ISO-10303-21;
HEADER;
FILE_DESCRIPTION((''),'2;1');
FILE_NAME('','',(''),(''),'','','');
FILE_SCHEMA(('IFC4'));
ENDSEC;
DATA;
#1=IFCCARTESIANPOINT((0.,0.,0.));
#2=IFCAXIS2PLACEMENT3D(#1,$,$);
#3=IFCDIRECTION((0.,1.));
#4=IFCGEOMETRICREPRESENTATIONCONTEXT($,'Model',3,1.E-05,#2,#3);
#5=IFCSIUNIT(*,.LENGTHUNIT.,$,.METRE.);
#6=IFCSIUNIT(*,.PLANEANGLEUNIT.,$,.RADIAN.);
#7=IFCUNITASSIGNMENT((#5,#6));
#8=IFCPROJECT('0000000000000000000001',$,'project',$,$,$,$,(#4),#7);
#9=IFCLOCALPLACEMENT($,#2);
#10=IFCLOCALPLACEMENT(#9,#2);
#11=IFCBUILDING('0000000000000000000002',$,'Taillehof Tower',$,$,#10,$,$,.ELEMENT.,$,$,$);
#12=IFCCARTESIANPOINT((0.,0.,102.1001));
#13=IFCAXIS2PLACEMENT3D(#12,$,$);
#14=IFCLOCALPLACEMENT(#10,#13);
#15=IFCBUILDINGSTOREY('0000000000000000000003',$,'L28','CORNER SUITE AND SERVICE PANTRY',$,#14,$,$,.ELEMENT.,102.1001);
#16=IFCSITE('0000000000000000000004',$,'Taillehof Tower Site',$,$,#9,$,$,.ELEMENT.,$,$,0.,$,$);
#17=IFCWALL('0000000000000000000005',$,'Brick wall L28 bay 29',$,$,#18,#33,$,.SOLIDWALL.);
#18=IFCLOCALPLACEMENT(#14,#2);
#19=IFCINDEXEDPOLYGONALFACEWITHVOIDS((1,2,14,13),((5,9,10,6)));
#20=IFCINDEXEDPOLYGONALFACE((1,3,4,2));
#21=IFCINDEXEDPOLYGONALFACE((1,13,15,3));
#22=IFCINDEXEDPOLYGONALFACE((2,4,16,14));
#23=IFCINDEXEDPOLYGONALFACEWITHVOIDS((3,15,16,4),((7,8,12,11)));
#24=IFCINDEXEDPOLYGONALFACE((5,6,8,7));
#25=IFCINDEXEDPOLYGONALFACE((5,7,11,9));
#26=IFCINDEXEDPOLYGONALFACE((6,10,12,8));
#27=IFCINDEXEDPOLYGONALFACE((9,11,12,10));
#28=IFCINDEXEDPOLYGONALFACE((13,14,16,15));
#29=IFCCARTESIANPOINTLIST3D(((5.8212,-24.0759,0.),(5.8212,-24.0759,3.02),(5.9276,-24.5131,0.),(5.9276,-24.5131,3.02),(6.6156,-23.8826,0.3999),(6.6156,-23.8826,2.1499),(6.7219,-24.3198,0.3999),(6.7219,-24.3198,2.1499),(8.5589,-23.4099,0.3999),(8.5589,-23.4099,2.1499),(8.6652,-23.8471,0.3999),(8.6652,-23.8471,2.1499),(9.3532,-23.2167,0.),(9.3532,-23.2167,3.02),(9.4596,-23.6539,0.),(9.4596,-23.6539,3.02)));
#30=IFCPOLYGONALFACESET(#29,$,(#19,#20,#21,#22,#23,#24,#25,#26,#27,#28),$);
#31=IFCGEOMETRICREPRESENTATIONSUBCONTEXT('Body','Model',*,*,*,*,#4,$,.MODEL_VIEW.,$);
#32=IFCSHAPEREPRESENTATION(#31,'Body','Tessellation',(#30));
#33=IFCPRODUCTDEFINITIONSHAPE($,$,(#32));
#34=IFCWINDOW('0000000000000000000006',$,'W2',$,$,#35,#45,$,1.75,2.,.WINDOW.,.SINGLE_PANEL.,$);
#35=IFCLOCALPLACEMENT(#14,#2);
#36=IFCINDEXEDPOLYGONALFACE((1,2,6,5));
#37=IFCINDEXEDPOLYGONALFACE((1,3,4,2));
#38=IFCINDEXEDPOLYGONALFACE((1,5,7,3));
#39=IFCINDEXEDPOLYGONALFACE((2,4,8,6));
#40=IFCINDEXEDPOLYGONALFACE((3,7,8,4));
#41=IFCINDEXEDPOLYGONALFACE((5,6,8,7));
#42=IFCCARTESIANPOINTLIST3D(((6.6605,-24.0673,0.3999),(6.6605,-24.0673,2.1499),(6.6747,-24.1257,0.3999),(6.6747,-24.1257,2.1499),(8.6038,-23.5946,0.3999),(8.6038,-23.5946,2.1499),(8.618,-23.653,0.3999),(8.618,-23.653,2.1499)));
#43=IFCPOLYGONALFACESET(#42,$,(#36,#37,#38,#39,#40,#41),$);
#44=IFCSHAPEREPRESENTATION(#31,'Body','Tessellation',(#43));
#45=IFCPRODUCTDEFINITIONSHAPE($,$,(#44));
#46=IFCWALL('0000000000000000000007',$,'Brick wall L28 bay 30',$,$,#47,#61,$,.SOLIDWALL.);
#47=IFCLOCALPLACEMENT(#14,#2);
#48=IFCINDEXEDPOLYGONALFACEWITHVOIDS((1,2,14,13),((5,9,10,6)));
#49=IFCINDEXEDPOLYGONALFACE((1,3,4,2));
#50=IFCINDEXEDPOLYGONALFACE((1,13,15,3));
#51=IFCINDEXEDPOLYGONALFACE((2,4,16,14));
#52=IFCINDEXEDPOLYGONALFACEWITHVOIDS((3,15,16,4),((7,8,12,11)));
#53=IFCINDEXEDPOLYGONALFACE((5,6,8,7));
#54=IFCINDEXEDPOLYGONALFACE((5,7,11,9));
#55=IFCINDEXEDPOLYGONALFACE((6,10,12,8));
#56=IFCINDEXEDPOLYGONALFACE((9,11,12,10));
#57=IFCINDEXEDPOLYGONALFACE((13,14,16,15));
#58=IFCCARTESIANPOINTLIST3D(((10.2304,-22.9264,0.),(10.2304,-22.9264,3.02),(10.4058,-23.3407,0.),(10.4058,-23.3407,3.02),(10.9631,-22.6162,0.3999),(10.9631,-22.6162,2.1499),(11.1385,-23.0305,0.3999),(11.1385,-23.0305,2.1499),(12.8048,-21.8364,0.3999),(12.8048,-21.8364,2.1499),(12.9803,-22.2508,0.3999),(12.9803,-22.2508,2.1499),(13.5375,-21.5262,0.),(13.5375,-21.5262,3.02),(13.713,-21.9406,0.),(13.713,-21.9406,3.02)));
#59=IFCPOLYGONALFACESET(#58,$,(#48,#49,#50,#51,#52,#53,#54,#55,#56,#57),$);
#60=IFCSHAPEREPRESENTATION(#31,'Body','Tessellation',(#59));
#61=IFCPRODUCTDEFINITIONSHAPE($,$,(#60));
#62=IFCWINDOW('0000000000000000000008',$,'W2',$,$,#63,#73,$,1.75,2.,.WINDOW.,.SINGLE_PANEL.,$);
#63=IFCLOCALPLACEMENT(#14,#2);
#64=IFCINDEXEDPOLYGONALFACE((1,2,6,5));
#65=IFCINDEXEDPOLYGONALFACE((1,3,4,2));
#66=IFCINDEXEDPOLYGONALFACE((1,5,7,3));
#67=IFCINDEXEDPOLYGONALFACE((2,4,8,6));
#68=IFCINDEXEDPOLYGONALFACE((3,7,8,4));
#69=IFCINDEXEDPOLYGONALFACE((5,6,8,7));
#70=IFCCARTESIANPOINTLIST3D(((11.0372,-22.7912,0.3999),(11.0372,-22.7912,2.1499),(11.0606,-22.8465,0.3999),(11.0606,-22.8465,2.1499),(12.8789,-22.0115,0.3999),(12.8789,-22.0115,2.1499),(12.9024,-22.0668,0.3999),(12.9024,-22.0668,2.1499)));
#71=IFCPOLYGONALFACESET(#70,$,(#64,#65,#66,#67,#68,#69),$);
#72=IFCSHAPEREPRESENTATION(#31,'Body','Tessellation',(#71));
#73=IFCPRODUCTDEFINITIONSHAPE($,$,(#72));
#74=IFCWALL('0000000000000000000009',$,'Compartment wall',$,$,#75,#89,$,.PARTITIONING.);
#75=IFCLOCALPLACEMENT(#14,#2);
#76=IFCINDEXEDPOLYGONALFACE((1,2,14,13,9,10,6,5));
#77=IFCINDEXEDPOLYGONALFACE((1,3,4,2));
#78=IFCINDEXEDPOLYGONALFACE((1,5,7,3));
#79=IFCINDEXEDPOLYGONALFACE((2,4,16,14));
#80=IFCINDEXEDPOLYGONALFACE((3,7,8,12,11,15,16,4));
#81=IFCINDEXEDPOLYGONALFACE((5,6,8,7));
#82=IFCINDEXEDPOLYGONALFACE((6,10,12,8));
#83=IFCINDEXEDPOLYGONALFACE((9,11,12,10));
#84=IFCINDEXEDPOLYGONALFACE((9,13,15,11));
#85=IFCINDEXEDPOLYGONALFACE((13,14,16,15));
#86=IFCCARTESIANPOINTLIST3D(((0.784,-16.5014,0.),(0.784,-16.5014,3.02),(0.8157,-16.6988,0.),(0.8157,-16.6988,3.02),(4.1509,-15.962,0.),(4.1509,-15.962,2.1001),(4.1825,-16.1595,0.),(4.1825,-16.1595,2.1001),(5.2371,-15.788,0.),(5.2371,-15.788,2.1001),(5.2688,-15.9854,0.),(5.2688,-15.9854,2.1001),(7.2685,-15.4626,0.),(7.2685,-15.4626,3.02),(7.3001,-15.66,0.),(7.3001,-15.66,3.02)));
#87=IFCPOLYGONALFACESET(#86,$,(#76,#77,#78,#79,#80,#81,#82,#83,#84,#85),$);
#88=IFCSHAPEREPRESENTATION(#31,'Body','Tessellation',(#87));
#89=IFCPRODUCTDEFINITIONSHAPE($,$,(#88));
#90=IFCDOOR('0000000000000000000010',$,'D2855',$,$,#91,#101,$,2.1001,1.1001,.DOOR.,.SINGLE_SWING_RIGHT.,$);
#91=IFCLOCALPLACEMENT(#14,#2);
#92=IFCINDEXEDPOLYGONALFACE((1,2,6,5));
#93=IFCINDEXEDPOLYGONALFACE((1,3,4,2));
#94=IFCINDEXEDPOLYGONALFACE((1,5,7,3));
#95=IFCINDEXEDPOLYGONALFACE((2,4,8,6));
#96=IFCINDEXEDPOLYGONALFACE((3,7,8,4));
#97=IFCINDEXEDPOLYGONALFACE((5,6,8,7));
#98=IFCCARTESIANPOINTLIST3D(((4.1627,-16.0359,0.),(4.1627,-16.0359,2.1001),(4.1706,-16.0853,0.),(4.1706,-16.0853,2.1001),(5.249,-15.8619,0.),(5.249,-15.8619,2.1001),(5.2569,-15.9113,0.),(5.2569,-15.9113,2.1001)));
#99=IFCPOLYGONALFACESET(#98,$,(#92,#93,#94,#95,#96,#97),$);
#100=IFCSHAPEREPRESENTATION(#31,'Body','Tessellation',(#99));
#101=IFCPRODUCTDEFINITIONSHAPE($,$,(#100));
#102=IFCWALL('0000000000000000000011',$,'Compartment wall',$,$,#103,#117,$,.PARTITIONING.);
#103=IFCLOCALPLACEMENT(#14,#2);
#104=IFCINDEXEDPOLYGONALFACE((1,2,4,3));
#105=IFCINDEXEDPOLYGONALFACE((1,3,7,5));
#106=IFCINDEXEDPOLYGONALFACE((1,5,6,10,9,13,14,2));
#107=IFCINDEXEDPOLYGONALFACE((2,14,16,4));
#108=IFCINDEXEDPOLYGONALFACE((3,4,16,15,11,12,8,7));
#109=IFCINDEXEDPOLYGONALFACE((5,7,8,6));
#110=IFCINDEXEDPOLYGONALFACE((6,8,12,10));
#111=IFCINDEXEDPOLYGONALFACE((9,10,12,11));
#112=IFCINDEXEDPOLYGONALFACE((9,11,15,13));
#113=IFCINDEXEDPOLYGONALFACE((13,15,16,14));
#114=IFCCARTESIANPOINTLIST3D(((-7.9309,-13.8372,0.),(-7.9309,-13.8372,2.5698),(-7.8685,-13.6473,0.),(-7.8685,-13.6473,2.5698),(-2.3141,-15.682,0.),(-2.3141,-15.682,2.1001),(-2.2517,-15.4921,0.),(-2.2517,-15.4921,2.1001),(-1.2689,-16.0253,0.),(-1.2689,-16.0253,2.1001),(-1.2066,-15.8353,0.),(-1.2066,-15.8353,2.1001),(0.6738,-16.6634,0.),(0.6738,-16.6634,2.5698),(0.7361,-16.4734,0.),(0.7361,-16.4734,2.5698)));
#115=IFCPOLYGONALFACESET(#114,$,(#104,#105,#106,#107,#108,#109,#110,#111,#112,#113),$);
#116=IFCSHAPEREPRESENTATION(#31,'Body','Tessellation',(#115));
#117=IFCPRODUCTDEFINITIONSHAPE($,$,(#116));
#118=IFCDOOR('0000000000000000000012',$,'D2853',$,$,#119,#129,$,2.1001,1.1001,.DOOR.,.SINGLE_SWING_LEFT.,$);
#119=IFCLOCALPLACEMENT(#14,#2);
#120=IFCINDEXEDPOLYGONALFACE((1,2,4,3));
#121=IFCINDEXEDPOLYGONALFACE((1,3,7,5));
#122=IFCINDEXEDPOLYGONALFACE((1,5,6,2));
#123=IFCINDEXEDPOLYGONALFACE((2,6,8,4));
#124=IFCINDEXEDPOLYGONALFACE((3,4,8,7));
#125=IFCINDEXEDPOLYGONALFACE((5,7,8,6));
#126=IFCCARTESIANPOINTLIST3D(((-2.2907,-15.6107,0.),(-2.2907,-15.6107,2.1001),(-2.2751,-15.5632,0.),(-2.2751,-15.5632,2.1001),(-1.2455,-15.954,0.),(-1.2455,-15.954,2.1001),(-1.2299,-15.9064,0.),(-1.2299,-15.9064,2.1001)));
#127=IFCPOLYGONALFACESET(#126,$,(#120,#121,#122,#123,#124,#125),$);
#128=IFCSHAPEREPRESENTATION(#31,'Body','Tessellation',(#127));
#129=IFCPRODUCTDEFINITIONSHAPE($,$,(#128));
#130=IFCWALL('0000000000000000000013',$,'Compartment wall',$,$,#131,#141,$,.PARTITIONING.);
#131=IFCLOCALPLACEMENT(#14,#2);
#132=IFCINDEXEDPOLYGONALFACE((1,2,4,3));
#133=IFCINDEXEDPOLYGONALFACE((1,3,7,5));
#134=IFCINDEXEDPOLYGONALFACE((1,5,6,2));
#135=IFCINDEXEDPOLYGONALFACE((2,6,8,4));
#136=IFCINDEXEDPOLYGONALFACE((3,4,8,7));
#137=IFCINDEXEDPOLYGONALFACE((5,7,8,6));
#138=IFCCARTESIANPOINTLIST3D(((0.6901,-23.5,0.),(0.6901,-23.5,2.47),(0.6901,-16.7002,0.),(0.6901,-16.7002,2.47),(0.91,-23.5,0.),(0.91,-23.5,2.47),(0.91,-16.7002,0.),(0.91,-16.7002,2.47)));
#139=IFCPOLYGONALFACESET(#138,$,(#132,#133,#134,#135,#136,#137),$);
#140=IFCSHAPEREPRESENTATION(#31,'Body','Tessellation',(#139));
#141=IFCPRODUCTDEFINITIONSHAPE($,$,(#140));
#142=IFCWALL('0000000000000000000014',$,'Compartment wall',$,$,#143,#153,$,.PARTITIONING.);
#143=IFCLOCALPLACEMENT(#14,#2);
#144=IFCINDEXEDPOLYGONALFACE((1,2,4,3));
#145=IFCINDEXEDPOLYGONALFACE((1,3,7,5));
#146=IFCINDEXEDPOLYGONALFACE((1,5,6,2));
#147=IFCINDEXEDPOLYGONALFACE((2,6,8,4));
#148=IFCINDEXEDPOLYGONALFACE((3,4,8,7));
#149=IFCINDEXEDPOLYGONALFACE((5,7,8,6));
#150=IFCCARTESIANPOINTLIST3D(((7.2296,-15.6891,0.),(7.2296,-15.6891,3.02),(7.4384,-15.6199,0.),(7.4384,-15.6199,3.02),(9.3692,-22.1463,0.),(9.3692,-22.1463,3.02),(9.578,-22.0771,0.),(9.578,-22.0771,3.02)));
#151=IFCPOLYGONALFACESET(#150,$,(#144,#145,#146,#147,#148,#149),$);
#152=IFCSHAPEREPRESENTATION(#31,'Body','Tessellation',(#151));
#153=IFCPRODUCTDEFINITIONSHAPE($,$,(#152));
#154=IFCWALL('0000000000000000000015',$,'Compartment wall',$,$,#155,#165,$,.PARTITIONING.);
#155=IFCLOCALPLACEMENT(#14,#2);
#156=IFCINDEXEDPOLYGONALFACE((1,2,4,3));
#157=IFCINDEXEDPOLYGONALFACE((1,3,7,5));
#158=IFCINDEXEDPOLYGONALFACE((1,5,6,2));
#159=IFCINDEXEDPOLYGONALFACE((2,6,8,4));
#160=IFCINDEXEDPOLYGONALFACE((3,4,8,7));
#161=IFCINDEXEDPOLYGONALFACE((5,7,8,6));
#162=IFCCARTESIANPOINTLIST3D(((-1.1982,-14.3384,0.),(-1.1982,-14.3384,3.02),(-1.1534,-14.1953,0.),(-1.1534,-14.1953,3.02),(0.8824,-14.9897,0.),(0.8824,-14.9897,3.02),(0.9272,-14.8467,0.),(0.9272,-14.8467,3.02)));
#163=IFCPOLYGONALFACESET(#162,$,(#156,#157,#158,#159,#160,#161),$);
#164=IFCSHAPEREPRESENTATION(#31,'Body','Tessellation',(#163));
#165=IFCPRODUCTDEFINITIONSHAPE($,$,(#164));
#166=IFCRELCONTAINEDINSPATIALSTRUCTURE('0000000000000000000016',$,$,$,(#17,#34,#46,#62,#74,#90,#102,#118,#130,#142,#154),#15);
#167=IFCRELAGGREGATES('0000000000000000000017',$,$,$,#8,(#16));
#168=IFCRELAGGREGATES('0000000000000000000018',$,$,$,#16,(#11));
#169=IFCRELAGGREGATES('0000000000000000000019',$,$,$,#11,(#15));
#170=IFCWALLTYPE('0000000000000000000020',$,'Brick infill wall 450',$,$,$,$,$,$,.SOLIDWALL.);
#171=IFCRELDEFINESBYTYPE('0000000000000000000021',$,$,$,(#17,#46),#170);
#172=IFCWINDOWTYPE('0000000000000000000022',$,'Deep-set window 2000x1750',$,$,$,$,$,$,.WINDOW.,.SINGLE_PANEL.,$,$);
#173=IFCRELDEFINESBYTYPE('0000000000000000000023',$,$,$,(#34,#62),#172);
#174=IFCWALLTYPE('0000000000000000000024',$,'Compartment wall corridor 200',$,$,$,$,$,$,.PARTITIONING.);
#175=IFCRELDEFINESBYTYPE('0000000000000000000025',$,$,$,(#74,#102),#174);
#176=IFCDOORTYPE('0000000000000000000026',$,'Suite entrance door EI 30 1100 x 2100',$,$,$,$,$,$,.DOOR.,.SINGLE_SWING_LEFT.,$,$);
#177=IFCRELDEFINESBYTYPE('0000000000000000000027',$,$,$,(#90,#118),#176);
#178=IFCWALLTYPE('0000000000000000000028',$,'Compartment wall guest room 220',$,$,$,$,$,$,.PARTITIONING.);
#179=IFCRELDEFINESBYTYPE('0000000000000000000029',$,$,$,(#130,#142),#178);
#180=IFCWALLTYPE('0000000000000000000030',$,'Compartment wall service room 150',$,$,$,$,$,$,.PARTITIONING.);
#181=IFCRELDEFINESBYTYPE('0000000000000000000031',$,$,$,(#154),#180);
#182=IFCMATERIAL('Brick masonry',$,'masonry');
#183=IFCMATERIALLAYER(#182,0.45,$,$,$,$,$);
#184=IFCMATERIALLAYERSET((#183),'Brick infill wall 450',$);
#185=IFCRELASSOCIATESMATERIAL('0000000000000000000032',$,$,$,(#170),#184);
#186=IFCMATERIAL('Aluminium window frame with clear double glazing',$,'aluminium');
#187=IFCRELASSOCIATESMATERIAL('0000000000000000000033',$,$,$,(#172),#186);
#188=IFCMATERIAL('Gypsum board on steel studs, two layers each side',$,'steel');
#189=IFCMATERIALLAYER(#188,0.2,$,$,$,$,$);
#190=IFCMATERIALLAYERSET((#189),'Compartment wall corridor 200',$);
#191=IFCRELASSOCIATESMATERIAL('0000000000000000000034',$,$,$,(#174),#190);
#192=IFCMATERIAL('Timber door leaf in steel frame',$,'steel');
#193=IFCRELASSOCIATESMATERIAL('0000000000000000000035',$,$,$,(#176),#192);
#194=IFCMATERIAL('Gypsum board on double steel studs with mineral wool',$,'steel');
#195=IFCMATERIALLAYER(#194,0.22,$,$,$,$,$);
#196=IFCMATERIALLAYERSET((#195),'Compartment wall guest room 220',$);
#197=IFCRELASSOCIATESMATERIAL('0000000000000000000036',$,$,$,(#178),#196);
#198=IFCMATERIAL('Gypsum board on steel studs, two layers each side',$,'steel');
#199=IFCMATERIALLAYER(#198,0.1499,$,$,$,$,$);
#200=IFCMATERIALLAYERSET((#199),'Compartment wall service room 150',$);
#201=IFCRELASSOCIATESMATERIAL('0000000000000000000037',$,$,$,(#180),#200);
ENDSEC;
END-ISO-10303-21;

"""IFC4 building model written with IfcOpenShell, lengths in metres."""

from ifc_helpers import new_model, si_unit, direction, frame, frame_2d, origin, place, context, subcontext, project, spatial, rectangle, extrude, material, layer, layer_set, type_object, element, fill, save


model = new_model("IFC4")

# Units and contexts
model_context = context("Model", 3, precision=1e-05, world=origin(), true_north=direction((0.0, 1.0)))
body_context = subcontext(model_context, "Body", "Model", "MODEL_VIEW")
ifc_project = project(units=[si_unit("LENGTHUNIT", "METRE"), si_unit("PLANEANGLEUNIT", "RADIAN")], contexts=[model_context])

# Site, building, storey
site_placement = place(None, origin())
site = spatial("IfcSite", under=ifc_project, at=site_placement, Name="Taillehof Tower Site", CompositionType="ELEMENT", RefElevation=0.0)
building_placement = place(site_placement, origin())
building = spatial("IfcBuilding", under=site, at=building_placement, Name="Taillehof Tower", CompositionType="ELEMENT")
storey_placement = place(building_placement, frame((0.0, 0.0, 102.1001)))
storey = spatial("IfcBuildingStorey", under=building, at=storey_placement, Name="L28", Description="CORNER SUITE AND SERVICE PANTRY", CompositionType="ELEMENT", Elevation=102.1001)

# Walls, openings, windows
ifc_material_1 = material(Name="Brick masonry", Category="masonry")
ifc_layer_1 = layer(ifc_material_1, 0.45)
ifc_layer_set_1 = layer_set([ifc_layer_1], Name="Brick infill wall 450")
wall_type_1 = type_object("IfcWallType", Name="Brick infill wall 450", PredefinedType="SOLIDWALL", material=ifc_layer_set_1)
ifc_material_2 = material(Name="Aluminium window frame with clear double glazing", Category="aluminium")
window_type = type_object("IfcWindowType", Name="Deep-set window 2000x1750", PartitioningType="SINGLE_PANEL", PredefinedType="WINDOW", material=ifc_material_2)
wall_1_placement = place(storey_placement, frame((5.8745, -24.2944, 0.0), z_axis=(0.0, 0.0, 1.0), x_axis=(0.971668, 0.236352, 0.0)))
wall_1 = element("IfcWall", 1, at=wall_1_placement, inside=storey, type_object=wall_type_1, Name="Brick wall L28 bay 29", PredefinedType="SOLIDWALL", context=body_context, shape_type="SweptSolid", body=[
    extrude(rectangle(XDim=3.635, YDim=0.45, at=frame_2d((1.8174, 0.0))), origin(), (0.0, 0.0, 1.0), 3.02),
])
opening_1_placement = place(wall_1_placement, frame((0.8174, 0.0, 0.3999)))
opening_1 = element("IfcOpeningElement", 2, at=opening_1_placement, cuts=wall_1, PredefinedType="OPENING", context=body_context, shape_type="SweptSolid", body=[
    extrude(rectangle(XDim=2.0, YDim=1.75, at=frame_2d((1.0, 0.875))), frame((0.0, 0.2349, 0.0), z_axis=(0.0, -1.0, 0.0), x_axis=(1.0, 0.0, 0.0)), (0.0, 0.0, 1.0), 0.47),
])
window_1_placement = place(opening_1_placement, origin())
window_1 = element("IfcWindow", 3, at=window_1_placement, inside=storey, type_object=window_type, Name="W2", OverallHeight=1.75, OverallWidth=2.0, PartitioningType="SINGLE_PANEL", PredefinedType="WINDOW", context=body_context, shape_type="SweptSolid", body=[
    extrude(rectangle(XDim=2.0, YDim=1.75, at=frame_2d((1.0, 0.875))), frame((0.0, 0.0349, 0.0), z_axis=(0.0, -1.0, 0.0), x_axis=(1.0, 0.0, 0.0)), (0.0, 0.0, 1.0), 0.0601),
])
fill(opening_1, window_1)
wall_2_placement = place(storey_placement, frame((10.3181, -23.1335, 0.0), z_axis=(0.0, 0.0, 1.0), x_axis=(0.92087, 0.389871, 0.0)))
wall_2 = element("IfcWall", 4, at=wall_2_placement, inside=storey, type_object=wall_type_1, Name="Brick wall L28 bay 30", PredefinedType="SOLIDWALL", context=body_context, shape_type="SweptSolid", body=[
    extrude(rectangle(XDim=3.5913, YDim=0.45, at=frame_2d((1.7957, 0.0))), origin(), (0.0, 0.0, 1.0), 3.02),
])
opening_2_placement = place(wall_2_placement, frame((0.7957, 0.0, 0.3999)))
opening_2 = element("IfcOpeningElement", 5, at=opening_2_placement, cuts=wall_2, PredefinedType="OPENING", context=body_context, shape_type="SweptSolid", body=[
    extrude(rectangle(XDim=2.0, YDim=1.75, at=frame_2d((1.0, 0.875))), frame((0.0, 0.2349, 0.0), z_axis=(0.0, -1.0, 0.0), x_axis=(1.0, 0.0, 0.0)), (0.0, 0.0, 1.0), 0.47),
])
window_2_placement = place(opening_2_placement, origin())
window_2 = element("IfcWindow", 6, at=window_2_placement, inside=storey, type_object=window_type, Name="W2", OverallHeight=1.75, OverallWidth=2.0, PartitioningType="SINGLE_PANEL", PredefinedType="WINDOW", context=body_context, shape_type="SweptSolid", body=[
    extrude(rectangle(XDim=2.0, YDim=1.75, at=frame_2d((1.0, 0.875))), frame((0.0, 0.0349, 0.0), z_axis=(0.0, -1.0, 0.0), x_axis=(1.0, 0.0, 0.0)), (0.0, 0.0, 1.0), 0.0601),
])
fill(opening_2, window_2)

# Walls, openings, doors
ifc_material_3 = material(Name="Gypsum board on steel studs, two layers each side", Category="steel")
ifc_layer_2 = layer(ifc_material_3, 0.2)
ifc_layer_set_2 = layer_set([ifc_layer_2], Name="Compartment wall corridor 200")
wall_type_2 = type_object("IfcWallType", Name="Compartment wall corridor 200", PredefinedType="PARTITIONING", material=ifc_layer_set_2)
wall_3_placement = place(storey_placement, frame((7.2844, -15.5613, 0.0), z_axis=(0.0, 0.0, 1.0), x_axis=(-0.987409, -0.158186, 0.0)))
wall_3 = element("IfcWall", 7, at=wall_3_placement, inside=storey, type_object=wall_type_2, Name="Compartment wall", PredefinedType="PARTITIONING", context=body_context, shape_type="SweptSolid", body=[
    extrude(rectangle(XDim=6.5671, YDim=0.2, at=frame_2d((3.2837, 0.0))), origin(), (0.0, 0.0, 1.0), 3.02),
])
opening_3_placement = place(wall_3_placement, frame((2.0574, 0.0, 0.0)))
opening_3 = element("IfcOpeningElement", 8, at=opening_3_placement, cuts=wall_3, PredefinedType="OPENING", context=body_context, shape_type="SweptSolid", body=[
    extrude(rectangle(XDim=1.1001, YDim=2.1001, at=frame_2d((0.55, 1.05))), frame((0.0, 0.1099, 0.0), z_axis=(0.0, -1.0, 0.0), x_axis=(1.0, 0.0, 0.0)), (0.0, 0.0, 1.0), 0.22),
])
ifc_material_4 = material(Name="Timber door leaf in steel frame", Category="steel")
door_type_1 = type_object("IfcDoorType", Name="Suite entrance door EI 30 1100 x 2100", OperationType="SINGLE_SWING_LEFT", PredefinedType="DOOR", material=ifc_material_4)
door_1_placement = place(opening_3_placement, origin())
door_1 = element("IfcDoor", 9, at=door_1_placement, inside=storey, type_object=door_type_1, Name="D2855", OperationType="SINGLE_SWING_RIGHT", OverallHeight=2.1001, OverallWidth=1.1001, PredefinedType="DOOR", context=body_context, shape_type="SweptSolid", body=[
    extrude(rectangle(XDim=1.1001, YDim=2.1001, at=frame_2d((0.55, 1.05))), frame((0.0, 0.0249, 0.0), z_axis=(0.0, -1.0, 0.0), x_axis=(1.0, 0.0, 0.0)), (0.0, 0.0, 1.0), 0.05),
])
fill(opening_3, door_1)
wall_4_placement = place(storey_placement, frame((0.7048, -16.5684, 0.0), z_axis=(0.0, 0.0, 1.0), x_axis=(-0.950068, 0.312044, 0.0)))
wall_4 = element("IfcWall", 10, at=wall_4_placement, inside=storey, type_object=wall_type_2, Name="Compartment wall", PredefinedType="PARTITIONING", context=body_context, shape_type="SweptSolid", body=[
    extrude(rectangle(XDim=9.0569, YDim=0.2, at=frame_2d((4.5283, 0.0))), origin(), (0.0, 0.0, 1.0), 2.5698),
])
opening_4_placement = place(wall_4_placement, frame((2.0447, 0.0, 0.0)))
opening_4 = element("IfcOpeningElement", 11, at=opening_4_placement, cuts=wall_4, PredefinedType="OPENING", context=body_context, shape_type="SweptSolid", body=[
    extrude(rectangle(XDim=1.1001, YDim=2.1001, at=frame_2d((0.55, 1.05))), frame((0.0, 0.1099, 0.0), z_axis=(0.0, -1.0, 0.0), x_axis=(1.0, 0.0, 0.0)), (0.0, 0.0, 1.0), 0.22),
])
door_2_placement = place(opening_4_placement, origin())
door_2 = element("IfcDoor", 12, at=door_2_placement, inside=storey, type_object=door_type_1, Name="D2853", OperationType="SINGLE_SWING_LEFT", OverallHeight=2.1001, OverallWidth=1.1001, PredefinedType="DOOR", context=body_context, shape_type="SweptSolid", body=[
    extrude(rectangle(XDim=1.1001, YDim=2.1001, at=frame_2d((0.55, 1.05))), frame((0.0, 0.0249, 0.0), z_axis=(0.0, -1.0, 0.0), x_axis=(1.0, 0.0, 0.0)), (0.0, 0.0, 1.0), 0.05),
])
fill(opening_4, door_2)

# Walls
ifc_material_5 = material(Name="Gypsum board on double steel studs with mineral wool", Category="steel")
ifc_layer_3 = layer(ifc_material_5, 0.22)
ifc_layer_set_3 = layer_set([ifc_layer_3], Name="Compartment wall guest room 220")
wall_type_3 = type_object("IfcWallType", Name="Compartment wall guest room 220", PredefinedType="PARTITIONING", material=ifc_layer_set_3)
wall_5_placement = place(storey_placement, frame((0.8, -23.5, 0.0), z_axis=(0.0, 0.0, 1.0), x_axis=(0.0, 1.0, 0.0)))
element("IfcWall", 13, at=wall_5_placement, inside=storey, type_object=wall_type_3, Name="Compartment wall", PredefinedType="PARTITIONING", context=body_context, shape_type="SweptSolid", body=[
    extrude(rectangle(XDim=6.7998, YDim=0.22, at=frame_2d((3.3999, 0.0))), origin(), (0.0, 0.0, 1.0), 2.47),
])
wall_6_placement = place(storey_placement, frame((9.4736, -22.1118, 0.0), z_axis=(0.0, 0.0, 1.0), x_axis=(-0.314537, 0.949245, 0.0)))
element("IfcWall", 14, at=wall_6_placement, inside=storey, type_object=wall_type_3, Name="Compartment wall", PredefinedType="PARTITIONING", context=body_context, shape_type="SweptSolid", body=[
    extrude(rectangle(XDim=6.8025, YDim=0.22, at=frame_2d((3.4014, 0.0))), origin(), (0.0, 0.0, 1.0), 3.02),
])
ifc_material_6 = material(Name="Gypsum board on steel studs, two layers each side", Category="steel")
ifc_layer_4 = layer(ifc_material_6, 0.1499)
ifc_layer_set_4 = layer_set([ifc_layer_4], Name="Compartment wall service room 150")
wall_type_4 = type_object("IfcWallType", Name="Compartment wall service room 150", PredefinedType="PARTITIONING", material=ifc_layer_set_4)
wall_7_placement = place(storey_placement, frame((0.9048, -14.9182, 0.0), z_axis=(0.0, 0.0, 1.0), x_axis=(-0.954324, 0.298772, 0.0)))
element("IfcWall", 15, at=wall_7_placement, inside=storey, type_object=wall_type_4, Name="Compartment wall", PredefinedType="PARTITIONING", context=body_context, shape_type="SweptSolid", body=[
    extrude(rectangle(XDim=2.1802, YDim=0.1499, at=frame_2d((1.0901, 0.0))), origin(), (0.0, 0.0, 1.0), 3.02),
])

save(model, "model.ifc")
